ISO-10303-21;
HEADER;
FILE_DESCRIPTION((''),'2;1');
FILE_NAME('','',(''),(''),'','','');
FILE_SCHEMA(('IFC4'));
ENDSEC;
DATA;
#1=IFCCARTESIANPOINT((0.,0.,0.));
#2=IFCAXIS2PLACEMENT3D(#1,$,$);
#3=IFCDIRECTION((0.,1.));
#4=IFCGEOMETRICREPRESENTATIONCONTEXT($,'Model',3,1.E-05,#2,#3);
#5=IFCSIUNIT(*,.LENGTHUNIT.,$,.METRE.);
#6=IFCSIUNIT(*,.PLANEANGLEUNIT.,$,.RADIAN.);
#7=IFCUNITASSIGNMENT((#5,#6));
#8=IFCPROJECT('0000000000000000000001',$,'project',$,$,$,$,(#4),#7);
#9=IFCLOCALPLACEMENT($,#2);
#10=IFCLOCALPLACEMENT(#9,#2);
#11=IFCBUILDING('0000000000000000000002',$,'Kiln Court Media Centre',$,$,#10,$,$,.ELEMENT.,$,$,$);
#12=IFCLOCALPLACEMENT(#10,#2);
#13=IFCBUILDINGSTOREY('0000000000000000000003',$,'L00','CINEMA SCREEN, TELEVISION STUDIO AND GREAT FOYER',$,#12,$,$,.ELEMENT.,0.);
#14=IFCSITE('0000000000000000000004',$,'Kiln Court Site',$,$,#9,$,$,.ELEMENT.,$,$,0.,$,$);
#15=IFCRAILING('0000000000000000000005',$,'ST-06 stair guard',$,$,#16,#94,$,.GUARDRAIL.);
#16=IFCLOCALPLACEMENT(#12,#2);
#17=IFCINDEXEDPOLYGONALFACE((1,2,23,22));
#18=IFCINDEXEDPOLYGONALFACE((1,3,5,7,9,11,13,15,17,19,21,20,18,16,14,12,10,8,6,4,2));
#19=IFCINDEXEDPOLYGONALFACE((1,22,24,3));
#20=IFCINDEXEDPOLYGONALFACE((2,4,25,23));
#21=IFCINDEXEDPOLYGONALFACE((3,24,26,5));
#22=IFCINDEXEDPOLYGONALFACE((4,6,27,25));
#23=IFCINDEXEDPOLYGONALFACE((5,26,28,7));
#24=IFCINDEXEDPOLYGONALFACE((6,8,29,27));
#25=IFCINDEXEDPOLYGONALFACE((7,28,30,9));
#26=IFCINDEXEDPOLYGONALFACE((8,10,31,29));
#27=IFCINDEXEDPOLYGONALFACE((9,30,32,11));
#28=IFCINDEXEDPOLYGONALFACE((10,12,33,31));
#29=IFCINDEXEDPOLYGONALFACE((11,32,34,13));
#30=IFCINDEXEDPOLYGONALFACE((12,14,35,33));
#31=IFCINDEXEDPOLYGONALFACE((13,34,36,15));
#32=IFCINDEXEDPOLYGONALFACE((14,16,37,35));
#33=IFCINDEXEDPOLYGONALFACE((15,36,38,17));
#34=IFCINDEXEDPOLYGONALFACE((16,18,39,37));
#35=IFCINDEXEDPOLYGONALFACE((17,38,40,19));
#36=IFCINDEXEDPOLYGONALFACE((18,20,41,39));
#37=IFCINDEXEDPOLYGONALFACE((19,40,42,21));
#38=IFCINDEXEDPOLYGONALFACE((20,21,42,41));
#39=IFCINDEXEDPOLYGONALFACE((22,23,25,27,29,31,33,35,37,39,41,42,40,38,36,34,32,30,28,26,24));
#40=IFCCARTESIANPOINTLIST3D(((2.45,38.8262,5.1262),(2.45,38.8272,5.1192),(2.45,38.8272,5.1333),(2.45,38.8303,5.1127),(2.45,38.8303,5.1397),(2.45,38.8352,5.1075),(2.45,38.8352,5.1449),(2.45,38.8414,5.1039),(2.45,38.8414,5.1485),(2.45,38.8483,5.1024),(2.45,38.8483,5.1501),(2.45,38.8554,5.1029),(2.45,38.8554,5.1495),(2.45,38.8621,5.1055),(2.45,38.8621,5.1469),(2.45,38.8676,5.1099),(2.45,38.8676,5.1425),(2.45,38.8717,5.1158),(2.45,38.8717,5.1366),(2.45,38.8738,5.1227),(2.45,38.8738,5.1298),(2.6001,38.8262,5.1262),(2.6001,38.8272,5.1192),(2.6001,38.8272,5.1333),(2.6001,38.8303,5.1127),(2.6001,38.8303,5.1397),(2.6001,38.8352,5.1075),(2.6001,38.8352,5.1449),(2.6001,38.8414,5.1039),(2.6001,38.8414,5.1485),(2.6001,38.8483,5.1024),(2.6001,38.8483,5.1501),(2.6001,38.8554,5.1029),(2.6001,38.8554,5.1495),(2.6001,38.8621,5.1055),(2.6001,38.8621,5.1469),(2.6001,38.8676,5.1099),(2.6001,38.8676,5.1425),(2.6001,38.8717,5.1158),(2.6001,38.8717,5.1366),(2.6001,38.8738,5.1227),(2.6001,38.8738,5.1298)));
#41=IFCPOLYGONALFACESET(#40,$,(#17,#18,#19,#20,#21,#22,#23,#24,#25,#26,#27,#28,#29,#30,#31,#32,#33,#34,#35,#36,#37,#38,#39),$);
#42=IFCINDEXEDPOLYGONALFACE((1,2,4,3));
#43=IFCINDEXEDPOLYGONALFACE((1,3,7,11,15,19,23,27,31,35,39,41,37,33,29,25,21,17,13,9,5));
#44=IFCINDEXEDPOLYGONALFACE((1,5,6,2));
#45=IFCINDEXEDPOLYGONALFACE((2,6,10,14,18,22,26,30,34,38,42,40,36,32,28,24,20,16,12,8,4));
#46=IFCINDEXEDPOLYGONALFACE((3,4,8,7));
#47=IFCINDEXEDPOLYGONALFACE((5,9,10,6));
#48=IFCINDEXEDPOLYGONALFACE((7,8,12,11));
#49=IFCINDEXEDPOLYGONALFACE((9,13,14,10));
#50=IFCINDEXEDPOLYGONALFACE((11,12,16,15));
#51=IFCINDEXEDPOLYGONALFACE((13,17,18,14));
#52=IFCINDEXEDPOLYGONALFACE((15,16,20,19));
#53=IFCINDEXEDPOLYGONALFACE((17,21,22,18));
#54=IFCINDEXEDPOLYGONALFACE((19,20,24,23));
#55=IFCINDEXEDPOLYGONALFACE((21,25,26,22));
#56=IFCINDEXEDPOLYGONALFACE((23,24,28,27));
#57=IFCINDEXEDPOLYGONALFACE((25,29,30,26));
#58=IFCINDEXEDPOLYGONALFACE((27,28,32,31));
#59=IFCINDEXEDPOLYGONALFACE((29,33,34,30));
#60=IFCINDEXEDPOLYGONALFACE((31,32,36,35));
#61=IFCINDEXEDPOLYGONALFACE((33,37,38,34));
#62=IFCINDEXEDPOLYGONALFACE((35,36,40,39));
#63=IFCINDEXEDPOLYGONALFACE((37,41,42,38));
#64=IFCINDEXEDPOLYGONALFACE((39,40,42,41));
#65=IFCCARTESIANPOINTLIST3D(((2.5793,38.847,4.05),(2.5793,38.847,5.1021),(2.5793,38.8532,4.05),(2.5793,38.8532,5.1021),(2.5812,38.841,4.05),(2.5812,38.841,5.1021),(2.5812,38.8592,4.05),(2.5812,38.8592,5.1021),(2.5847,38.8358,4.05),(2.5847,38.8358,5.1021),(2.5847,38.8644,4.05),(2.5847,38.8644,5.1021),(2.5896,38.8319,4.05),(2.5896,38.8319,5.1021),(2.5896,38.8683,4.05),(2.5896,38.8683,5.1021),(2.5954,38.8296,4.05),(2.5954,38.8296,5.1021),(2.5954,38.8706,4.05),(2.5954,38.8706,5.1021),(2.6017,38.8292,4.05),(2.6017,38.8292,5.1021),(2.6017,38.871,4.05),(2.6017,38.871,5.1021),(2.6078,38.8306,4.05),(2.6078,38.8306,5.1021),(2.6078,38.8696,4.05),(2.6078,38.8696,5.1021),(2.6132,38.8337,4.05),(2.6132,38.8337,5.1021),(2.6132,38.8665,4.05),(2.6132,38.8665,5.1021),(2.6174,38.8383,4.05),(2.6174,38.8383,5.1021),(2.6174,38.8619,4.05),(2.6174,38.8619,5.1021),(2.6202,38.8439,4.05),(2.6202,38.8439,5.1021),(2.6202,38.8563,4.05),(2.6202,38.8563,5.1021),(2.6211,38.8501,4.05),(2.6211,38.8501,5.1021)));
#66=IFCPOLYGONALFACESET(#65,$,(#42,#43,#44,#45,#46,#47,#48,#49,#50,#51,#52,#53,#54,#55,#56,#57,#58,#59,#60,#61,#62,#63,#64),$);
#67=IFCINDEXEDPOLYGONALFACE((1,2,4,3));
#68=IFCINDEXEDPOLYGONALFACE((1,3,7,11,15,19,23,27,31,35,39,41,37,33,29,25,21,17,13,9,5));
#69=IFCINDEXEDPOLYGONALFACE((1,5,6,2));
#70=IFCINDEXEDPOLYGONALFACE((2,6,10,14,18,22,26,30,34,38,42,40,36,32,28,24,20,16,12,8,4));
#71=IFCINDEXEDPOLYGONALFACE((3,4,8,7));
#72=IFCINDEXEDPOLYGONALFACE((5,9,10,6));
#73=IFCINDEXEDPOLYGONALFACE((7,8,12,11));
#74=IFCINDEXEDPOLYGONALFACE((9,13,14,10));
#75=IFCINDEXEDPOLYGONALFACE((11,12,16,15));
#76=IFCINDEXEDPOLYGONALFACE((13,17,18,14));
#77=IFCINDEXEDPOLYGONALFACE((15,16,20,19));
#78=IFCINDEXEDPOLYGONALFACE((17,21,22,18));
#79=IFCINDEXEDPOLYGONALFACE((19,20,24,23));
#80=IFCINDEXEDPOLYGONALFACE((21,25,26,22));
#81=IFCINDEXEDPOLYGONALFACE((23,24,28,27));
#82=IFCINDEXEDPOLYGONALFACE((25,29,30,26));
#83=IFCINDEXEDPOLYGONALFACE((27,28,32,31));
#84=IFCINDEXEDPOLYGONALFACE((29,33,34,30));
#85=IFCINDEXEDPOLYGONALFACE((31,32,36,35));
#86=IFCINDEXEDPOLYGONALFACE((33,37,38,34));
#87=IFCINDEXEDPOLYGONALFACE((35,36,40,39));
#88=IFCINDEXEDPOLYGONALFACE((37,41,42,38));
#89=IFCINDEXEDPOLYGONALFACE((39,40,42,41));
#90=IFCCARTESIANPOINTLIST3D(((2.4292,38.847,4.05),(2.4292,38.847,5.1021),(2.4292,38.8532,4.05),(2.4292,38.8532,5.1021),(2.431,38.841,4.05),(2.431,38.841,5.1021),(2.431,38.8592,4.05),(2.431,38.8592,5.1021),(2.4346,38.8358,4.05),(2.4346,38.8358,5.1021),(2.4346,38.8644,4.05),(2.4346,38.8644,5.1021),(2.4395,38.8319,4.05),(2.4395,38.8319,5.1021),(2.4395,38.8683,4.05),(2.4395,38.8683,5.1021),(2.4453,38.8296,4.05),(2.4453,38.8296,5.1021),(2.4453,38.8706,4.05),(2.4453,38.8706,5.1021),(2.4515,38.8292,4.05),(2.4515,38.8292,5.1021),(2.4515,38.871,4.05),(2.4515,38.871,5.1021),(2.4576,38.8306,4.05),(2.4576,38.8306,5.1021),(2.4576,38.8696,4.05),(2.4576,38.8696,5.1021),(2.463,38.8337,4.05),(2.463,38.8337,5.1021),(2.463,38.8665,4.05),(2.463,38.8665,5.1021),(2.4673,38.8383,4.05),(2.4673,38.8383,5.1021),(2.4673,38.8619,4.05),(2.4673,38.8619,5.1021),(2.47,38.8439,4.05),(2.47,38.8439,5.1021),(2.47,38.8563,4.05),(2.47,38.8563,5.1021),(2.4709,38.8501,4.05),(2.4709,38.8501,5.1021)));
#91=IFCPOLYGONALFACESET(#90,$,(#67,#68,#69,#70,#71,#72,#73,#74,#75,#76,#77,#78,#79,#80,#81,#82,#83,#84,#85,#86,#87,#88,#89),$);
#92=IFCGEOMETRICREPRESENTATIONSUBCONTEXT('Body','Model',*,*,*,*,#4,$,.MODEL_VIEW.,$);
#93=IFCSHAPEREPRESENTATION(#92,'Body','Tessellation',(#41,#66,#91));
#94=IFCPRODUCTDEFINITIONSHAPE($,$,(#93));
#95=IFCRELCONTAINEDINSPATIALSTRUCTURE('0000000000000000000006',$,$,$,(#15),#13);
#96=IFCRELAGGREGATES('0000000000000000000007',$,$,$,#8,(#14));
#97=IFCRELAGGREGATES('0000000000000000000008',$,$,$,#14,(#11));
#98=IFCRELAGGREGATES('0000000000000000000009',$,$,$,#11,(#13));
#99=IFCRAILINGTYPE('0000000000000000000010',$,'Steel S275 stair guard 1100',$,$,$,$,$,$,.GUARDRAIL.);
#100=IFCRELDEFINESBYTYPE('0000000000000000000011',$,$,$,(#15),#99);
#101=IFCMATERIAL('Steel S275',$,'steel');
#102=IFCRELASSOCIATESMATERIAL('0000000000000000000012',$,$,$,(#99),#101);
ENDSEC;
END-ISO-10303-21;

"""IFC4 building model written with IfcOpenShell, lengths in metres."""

from ifc_helpers import new_model, si_unit, direction, frame, origin, origin_2d, place, context, subcontext, project, spatial, circle, extrude, material, type_object, element, save


model = new_model("IFC4")

# Units and contexts
model_context = context("Model", 3, precision=1e-05, world=origin(), true_north=direction((0.0, 1.0)))
body_context = subcontext(model_context, "Body", "Model", "MODEL_VIEW")
ifc_project = project(units=[si_unit("LENGTHUNIT", "METRE"), si_unit("PLANEANGLEUNIT", "RADIAN")], contexts=[model_context])

# Site, building, storey
site_placement = place(None, origin())
site = spatial("IfcSite", under=ifc_project, at=site_placement, Name="Kiln Court Site", CompositionType="ELEMENT", RefElevation=0.0)
building_placement = place(site_placement, origin())
building = spatial("IfcBuilding", under=site, at=building_placement, Name="Kiln Court Media Centre", CompositionType="ELEMENT")
storey_placement = place(building_placement, origin())
storey = spatial("IfcBuildingStorey", under=building, at=storey_placement, Name="L00", Description="CINEMA SCREEN, TELEVISION STUDIO AND GREAT FOYER", CompositionType="ELEMENT", Elevation=0.0)

# Railing
ifc_material_1 = material(Name="Steel S275", Category="steel")
railing_type_1 = type_object("IfcRailingType", Name="Steel S275 stair guard 1100", PredefinedType="GUARDRAIL", material=ifc_material_1)
railing_1_placement = place(storey_placement, frame((2.6001, 38.8501, 4.05)))
element("IfcRailing", 1, at=railing_1_placement, inside=storey, type_object=railing_type_1, Name="ST-06 stair guard", PredefinedType="GUARDRAIL", context=body_context, shape_type="SweptSolid", body=[
    extrude(circle(Radius=0.0239, at=origin_2d()), frame((0.0, 0.0, 1.0762), z_axis=(-1.0, 0.0, 0.0), x_axis=(0.0, -1.0, 0.0)), (0.0, 0.0, 1.0), 0.1501),
    extrude(circle(Radius=0.021, at=origin_2d()), origin(), (0.0, 0.0, 1.0), 1.052),
    extrude(circle(Radius=0.021, at=origin_2d()), frame((-0.1501, 0.0, 0.0)), (0.0, 0.0, 1.0), 1.052),
])

save(model, "model.ifc")
